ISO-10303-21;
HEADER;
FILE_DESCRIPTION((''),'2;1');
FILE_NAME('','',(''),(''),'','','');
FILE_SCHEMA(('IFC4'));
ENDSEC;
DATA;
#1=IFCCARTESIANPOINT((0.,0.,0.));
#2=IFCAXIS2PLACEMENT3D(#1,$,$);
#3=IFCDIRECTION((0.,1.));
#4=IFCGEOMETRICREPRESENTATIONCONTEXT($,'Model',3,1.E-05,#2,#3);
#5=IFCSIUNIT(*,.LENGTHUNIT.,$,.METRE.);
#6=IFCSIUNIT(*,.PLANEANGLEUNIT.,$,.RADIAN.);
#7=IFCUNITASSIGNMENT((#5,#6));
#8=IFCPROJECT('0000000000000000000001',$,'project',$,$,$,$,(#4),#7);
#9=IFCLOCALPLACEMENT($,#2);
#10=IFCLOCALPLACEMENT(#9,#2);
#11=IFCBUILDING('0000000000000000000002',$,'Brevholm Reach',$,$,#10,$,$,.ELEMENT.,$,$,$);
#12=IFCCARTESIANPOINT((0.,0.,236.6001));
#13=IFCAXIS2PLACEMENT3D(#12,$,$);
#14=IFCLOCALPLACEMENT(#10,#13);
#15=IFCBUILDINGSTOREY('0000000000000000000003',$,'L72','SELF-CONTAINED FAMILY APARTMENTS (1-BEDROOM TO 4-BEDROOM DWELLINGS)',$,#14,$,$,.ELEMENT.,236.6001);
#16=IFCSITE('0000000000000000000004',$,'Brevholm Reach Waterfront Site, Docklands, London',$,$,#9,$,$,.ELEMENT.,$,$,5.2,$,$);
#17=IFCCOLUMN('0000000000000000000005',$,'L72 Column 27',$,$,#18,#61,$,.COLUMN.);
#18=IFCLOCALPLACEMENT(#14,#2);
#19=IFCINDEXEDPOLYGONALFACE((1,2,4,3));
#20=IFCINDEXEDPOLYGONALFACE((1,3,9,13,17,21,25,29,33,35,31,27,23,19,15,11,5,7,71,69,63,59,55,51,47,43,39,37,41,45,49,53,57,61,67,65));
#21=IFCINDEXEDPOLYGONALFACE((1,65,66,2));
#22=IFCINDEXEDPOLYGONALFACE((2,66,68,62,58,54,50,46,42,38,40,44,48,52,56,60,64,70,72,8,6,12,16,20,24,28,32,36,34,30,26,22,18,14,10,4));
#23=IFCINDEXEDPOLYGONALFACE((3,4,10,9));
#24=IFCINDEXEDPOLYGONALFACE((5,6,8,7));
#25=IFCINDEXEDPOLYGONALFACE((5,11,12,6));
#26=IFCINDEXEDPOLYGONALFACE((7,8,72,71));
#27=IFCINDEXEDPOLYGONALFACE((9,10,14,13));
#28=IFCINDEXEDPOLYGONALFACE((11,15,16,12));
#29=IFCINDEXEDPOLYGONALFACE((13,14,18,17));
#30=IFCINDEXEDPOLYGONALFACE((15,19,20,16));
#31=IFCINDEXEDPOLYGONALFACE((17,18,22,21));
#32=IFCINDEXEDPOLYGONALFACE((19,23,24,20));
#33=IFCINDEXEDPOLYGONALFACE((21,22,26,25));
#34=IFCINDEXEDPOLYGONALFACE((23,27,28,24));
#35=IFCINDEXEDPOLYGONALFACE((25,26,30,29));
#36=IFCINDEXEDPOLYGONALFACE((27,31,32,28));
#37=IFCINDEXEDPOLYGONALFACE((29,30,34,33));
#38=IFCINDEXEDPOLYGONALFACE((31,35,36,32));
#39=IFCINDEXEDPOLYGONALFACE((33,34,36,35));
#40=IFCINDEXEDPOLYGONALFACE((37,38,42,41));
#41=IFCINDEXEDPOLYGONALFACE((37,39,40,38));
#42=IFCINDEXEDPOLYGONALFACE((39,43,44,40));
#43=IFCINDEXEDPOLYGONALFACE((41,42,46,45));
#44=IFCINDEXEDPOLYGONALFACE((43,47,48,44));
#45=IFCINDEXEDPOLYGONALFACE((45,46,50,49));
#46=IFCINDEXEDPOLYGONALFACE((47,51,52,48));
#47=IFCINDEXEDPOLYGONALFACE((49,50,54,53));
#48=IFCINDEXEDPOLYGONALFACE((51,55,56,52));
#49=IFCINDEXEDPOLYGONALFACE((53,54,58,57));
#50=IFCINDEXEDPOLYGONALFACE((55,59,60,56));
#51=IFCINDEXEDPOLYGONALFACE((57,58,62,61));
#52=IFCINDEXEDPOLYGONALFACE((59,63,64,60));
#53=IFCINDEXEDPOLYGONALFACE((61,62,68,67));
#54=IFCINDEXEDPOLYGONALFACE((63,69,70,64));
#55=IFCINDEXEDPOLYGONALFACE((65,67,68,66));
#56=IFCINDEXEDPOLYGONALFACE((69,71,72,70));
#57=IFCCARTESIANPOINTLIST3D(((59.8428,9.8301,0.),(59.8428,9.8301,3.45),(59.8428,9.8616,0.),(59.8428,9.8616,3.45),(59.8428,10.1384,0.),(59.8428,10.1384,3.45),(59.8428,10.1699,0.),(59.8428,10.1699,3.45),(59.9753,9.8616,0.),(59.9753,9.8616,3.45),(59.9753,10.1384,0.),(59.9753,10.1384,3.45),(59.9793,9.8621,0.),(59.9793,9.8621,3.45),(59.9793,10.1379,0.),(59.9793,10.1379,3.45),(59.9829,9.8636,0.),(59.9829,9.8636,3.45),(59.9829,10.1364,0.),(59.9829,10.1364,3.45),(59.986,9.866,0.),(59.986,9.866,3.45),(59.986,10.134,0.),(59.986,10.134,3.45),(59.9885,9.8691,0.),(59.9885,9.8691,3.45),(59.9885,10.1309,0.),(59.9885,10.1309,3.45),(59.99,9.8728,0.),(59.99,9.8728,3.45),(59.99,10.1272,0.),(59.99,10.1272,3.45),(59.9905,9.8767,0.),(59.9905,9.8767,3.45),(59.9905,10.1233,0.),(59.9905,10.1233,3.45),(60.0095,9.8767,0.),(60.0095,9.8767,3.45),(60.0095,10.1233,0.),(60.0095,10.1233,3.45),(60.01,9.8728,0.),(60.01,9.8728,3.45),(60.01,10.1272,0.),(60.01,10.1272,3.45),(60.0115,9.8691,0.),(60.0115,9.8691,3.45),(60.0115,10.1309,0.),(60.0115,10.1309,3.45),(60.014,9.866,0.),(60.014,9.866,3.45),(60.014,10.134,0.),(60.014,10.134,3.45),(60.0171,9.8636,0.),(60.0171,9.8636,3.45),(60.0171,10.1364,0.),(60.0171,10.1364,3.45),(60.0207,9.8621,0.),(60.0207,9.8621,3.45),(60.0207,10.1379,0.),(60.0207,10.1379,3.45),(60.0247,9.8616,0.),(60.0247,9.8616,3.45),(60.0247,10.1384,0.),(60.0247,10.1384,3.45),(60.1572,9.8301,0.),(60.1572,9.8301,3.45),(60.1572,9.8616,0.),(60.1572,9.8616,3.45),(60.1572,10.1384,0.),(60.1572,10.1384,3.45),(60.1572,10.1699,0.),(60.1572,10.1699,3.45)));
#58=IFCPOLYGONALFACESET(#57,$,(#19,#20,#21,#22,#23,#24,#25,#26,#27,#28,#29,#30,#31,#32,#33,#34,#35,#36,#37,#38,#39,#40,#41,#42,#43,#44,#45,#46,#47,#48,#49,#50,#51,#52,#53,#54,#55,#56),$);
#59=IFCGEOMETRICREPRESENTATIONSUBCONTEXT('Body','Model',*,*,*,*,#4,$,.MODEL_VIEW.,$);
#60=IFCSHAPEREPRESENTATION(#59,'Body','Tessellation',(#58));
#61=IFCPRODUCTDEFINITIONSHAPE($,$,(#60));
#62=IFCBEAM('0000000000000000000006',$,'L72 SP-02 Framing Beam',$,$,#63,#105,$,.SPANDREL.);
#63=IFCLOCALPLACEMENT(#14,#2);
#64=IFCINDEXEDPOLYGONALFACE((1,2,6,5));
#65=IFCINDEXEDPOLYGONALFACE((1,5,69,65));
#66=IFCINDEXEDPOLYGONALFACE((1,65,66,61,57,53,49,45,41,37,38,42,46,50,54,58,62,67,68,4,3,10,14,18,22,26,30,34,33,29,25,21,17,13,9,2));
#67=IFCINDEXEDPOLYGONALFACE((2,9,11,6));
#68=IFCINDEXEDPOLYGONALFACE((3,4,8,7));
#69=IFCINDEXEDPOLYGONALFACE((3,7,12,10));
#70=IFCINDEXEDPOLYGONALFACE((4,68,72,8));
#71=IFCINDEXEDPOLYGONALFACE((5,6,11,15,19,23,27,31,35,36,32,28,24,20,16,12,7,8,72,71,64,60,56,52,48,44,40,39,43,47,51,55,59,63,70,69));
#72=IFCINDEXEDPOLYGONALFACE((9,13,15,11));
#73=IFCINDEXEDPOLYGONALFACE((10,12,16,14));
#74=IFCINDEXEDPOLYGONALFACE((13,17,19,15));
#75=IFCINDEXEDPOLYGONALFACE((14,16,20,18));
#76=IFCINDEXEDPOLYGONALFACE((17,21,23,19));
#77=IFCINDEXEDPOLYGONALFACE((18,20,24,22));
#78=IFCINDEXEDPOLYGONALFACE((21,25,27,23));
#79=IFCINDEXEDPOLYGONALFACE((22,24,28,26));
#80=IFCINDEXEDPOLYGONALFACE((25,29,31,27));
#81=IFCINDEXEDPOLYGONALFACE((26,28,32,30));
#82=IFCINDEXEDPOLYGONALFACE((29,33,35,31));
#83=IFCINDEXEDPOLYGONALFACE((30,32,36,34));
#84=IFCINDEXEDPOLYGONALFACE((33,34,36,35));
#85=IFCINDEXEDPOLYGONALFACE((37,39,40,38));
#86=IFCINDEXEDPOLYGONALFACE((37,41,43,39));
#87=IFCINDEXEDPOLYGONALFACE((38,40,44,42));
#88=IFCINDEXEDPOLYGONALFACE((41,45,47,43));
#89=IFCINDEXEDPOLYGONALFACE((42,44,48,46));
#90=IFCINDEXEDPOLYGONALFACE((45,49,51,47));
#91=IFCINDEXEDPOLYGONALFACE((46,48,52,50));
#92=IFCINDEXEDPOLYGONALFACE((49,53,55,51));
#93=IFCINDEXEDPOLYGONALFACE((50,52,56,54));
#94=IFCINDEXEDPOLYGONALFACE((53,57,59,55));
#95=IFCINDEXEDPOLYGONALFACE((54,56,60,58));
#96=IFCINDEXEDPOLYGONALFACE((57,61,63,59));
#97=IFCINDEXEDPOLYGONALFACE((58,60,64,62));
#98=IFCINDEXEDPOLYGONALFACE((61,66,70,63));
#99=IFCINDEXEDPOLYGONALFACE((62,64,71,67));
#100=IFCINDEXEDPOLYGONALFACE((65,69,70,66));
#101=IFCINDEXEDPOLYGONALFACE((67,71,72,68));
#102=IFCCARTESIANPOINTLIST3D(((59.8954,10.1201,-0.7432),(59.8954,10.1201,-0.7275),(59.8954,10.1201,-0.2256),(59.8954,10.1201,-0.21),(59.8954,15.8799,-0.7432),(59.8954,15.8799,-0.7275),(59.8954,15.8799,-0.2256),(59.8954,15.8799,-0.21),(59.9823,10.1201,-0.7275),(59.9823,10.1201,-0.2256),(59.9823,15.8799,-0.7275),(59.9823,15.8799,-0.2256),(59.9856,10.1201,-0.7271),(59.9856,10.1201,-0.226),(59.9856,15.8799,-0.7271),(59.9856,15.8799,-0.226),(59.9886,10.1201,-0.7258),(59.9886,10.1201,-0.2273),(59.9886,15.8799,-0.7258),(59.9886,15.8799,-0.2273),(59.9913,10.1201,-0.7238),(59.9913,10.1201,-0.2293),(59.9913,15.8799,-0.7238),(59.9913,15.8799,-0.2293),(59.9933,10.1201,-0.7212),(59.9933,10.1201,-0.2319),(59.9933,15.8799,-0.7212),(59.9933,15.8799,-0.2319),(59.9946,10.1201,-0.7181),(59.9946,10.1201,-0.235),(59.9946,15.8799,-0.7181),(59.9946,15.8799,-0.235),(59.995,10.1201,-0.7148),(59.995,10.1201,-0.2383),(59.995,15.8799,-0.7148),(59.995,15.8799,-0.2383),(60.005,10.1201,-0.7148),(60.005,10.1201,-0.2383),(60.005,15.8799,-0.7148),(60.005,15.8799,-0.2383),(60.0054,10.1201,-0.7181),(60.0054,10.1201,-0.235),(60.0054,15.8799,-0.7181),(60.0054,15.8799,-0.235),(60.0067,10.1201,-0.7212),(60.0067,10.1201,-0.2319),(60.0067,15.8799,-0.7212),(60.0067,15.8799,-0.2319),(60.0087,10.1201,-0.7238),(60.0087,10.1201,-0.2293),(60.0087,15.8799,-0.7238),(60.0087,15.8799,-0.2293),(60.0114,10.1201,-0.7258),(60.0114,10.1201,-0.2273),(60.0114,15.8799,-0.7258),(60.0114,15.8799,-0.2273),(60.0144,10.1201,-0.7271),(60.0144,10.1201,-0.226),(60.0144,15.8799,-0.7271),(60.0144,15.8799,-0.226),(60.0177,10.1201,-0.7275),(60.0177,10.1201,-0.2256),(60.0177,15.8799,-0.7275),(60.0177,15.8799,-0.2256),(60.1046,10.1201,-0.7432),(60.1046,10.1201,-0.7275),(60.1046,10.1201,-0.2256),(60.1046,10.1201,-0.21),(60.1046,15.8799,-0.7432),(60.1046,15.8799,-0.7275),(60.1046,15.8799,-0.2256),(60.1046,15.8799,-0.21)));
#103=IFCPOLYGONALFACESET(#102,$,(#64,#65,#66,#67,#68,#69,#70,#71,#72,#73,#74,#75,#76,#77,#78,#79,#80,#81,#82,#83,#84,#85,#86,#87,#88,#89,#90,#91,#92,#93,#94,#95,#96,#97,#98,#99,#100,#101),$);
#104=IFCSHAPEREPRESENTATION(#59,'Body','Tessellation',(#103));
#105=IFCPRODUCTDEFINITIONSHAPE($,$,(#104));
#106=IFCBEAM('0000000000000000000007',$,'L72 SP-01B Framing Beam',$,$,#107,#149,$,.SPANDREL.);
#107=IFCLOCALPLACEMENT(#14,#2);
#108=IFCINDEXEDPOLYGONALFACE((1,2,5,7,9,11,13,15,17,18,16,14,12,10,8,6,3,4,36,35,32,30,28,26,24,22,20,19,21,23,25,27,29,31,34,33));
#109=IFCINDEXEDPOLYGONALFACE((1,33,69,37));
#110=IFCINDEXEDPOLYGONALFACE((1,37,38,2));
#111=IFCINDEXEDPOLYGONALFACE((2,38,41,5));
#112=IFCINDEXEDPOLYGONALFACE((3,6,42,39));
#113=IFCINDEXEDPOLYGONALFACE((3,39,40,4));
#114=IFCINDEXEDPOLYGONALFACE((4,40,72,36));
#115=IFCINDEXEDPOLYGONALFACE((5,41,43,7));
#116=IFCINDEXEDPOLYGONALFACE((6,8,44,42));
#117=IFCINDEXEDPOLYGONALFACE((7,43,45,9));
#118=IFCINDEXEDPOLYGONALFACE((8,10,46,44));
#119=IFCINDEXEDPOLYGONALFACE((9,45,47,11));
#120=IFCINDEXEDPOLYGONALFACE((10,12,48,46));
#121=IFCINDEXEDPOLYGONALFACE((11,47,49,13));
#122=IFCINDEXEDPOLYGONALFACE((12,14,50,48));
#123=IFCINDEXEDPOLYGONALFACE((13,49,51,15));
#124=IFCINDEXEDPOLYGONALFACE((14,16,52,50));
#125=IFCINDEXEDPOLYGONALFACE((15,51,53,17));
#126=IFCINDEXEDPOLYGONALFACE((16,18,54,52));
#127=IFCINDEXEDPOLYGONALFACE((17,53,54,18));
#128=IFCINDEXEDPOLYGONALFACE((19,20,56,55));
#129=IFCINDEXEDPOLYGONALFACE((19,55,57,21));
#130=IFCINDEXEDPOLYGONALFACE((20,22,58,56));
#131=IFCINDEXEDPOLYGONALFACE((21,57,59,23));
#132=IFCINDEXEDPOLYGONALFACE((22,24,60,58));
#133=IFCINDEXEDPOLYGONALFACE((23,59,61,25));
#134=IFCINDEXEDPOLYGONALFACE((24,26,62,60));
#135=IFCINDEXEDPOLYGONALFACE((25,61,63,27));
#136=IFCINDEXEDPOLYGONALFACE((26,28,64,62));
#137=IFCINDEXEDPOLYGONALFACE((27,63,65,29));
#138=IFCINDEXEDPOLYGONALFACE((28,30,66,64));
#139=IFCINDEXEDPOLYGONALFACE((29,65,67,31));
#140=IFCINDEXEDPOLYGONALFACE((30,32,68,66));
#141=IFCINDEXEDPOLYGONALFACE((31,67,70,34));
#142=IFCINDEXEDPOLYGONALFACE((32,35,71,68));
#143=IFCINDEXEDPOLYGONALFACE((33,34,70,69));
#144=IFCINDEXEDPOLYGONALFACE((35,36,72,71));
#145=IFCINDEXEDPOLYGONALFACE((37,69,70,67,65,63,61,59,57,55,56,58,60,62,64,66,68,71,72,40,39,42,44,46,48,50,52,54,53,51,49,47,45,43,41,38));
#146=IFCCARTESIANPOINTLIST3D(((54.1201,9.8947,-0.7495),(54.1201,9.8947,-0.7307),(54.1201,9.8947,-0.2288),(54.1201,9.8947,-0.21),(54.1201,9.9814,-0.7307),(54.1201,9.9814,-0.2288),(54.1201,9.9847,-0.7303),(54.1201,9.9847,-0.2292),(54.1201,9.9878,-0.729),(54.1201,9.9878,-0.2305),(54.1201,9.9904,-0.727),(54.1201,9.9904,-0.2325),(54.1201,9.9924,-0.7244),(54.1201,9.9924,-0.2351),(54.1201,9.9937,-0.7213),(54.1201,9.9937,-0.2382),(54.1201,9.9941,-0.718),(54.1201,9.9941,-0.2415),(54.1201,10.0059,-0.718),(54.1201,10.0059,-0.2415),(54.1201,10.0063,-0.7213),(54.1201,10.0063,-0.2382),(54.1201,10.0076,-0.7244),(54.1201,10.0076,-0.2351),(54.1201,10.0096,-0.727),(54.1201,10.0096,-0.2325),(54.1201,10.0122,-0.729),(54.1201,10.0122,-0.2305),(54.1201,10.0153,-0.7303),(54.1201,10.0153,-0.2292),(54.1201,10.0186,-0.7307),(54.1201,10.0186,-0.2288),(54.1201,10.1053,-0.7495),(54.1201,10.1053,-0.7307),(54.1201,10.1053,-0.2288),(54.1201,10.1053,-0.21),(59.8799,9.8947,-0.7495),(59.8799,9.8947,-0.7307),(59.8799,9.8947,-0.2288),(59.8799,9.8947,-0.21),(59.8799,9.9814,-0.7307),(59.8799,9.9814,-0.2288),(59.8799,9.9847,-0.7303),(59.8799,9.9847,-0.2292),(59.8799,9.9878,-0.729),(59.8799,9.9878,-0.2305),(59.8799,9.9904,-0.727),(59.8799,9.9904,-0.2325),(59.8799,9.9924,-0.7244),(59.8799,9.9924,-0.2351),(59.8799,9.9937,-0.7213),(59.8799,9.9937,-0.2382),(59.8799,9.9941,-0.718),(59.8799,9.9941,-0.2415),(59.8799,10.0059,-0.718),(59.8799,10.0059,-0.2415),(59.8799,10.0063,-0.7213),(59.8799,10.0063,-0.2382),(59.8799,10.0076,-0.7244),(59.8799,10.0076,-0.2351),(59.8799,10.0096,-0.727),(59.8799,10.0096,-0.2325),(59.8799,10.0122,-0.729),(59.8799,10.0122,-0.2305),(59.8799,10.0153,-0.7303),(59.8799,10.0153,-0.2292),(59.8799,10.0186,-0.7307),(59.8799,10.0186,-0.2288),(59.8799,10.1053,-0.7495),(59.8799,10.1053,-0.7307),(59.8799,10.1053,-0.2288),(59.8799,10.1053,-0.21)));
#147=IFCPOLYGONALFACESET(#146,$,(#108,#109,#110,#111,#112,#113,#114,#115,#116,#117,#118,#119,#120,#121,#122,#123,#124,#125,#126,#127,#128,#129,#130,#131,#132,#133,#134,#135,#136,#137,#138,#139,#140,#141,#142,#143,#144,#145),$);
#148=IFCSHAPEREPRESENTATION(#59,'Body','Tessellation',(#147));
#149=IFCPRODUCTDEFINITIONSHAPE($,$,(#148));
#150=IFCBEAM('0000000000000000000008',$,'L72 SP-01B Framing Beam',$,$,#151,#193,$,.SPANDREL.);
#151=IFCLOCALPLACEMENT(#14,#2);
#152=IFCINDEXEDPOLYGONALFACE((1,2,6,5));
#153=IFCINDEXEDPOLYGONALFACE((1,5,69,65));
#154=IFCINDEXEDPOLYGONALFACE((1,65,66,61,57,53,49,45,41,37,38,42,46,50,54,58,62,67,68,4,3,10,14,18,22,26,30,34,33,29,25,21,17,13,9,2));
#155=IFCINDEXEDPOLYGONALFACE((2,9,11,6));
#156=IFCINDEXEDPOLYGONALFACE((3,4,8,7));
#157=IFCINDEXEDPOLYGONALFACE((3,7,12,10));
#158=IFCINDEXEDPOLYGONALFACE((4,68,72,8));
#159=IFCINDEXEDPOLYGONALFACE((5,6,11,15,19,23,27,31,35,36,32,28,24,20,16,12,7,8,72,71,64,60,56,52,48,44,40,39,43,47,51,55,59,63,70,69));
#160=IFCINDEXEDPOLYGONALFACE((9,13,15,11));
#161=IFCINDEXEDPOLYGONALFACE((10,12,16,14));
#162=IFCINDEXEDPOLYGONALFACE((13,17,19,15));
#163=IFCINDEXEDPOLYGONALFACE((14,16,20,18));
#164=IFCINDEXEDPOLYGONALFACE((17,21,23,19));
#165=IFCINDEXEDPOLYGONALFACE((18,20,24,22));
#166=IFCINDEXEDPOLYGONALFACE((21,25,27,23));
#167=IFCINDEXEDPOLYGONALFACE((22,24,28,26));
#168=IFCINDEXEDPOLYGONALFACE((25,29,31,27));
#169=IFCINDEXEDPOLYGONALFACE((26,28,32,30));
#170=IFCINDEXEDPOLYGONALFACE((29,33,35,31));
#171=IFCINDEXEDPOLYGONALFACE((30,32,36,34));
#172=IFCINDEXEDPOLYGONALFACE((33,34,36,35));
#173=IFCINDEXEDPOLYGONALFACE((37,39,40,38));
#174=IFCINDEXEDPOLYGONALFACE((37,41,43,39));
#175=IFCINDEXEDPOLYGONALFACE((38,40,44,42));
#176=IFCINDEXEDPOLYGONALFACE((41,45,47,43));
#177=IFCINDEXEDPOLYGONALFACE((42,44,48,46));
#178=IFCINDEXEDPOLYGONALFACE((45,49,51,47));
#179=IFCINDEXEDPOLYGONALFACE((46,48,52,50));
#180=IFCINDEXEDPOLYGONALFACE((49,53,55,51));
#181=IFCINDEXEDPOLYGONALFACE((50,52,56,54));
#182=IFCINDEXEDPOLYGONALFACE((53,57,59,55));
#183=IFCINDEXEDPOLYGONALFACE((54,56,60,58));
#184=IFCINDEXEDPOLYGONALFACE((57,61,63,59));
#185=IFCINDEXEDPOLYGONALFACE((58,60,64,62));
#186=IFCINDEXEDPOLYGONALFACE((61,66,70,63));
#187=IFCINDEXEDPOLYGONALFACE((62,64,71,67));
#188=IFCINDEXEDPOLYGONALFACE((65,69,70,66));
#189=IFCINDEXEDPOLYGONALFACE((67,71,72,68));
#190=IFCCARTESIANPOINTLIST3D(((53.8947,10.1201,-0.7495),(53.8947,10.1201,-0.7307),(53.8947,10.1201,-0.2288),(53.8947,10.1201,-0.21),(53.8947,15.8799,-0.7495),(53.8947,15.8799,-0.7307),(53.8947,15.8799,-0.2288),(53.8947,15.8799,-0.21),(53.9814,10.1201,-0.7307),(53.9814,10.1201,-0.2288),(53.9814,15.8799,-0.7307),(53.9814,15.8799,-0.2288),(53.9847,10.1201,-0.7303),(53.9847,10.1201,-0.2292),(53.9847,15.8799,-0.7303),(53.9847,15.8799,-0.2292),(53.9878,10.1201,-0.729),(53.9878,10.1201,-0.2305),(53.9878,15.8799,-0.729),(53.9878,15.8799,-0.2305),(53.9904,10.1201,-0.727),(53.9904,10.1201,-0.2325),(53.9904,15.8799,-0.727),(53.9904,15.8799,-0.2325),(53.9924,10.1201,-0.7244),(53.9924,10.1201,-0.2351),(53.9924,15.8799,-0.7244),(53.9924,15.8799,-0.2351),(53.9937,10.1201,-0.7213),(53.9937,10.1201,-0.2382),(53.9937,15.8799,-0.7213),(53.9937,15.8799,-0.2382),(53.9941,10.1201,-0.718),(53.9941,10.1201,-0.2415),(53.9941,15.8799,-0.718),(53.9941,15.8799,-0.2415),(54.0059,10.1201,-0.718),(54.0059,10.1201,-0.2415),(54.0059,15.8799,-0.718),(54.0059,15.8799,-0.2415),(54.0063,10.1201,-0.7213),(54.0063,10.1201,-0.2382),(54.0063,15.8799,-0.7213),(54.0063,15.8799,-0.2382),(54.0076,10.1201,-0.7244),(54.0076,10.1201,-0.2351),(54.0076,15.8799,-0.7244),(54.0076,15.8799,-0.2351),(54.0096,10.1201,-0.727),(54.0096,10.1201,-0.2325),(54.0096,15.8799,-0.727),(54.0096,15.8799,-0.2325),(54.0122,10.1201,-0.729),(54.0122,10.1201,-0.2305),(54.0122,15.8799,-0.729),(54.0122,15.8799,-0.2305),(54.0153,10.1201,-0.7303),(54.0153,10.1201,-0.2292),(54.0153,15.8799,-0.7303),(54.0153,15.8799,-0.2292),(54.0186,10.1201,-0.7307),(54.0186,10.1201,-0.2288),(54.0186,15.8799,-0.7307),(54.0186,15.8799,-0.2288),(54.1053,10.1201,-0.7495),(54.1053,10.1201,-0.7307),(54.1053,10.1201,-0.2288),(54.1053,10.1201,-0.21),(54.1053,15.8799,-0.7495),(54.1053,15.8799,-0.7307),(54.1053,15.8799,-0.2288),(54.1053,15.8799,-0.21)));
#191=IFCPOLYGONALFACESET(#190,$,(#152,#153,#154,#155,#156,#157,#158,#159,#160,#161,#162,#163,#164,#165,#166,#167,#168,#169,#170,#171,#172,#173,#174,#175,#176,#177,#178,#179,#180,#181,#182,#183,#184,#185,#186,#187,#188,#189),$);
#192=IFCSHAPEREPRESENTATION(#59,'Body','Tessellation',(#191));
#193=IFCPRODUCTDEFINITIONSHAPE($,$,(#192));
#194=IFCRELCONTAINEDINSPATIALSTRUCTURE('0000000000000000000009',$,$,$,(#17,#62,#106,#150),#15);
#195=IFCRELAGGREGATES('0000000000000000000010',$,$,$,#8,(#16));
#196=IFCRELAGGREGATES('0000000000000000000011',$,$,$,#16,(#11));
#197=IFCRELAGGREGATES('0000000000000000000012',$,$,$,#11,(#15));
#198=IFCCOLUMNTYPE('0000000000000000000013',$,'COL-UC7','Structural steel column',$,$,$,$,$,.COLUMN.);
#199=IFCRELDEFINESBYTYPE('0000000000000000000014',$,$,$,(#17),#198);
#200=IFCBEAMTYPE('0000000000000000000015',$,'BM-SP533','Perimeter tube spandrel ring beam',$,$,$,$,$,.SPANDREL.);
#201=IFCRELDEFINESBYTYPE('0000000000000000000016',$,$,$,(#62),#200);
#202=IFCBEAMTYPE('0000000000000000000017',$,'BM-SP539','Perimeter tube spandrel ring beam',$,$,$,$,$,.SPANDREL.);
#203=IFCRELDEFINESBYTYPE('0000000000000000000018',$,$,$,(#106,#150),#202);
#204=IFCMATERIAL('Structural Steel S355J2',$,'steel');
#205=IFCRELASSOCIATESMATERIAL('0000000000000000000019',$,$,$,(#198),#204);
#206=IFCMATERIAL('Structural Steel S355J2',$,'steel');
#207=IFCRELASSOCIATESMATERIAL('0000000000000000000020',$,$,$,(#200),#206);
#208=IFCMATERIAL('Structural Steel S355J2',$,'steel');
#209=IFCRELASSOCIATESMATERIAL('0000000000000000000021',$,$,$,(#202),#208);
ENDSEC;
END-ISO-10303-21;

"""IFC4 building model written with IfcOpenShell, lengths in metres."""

from ifc_helpers import new_model, si_unit, direction, frame, origin, origin_2d, place, context, subcontext, project, spatial, i_section, extrude, material, material_profile, profile_set, type_object, element, save


model = new_model("IFC4")

# Units and contexts
model_context = context("Model", 3, precision=1e-05, world=origin(), true_north=direction((0.0, 1.0)))
body_context = subcontext(model_context, "Body", "Model", "MODEL_VIEW")
ifc_project = project(units=[si_unit("LENGTHUNIT", "METRE"), si_unit("PLANEANGLEUNIT", "RADIAN")], contexts=[model_context])

# Site, building, storey
site_placement = place(None, origin())
site = spatial("IfcSite", under=ifc_project, at=site_placement, Name="Brevholm Reach Waterfront Site, Docklands, London", CompositionType="ELEMENT", RefElevation=5.2)
building_placement = place(site_placement, origin())
building = spatial("IfcBuilding", under=site, at=building_placement, Name="Brevholm Reach", CompositionType="ELEMENT")
storey_placement = place(building_placement, frame((0.0, 0.0, 236.6001)))
storey = spatial("IfcBuildingStorey", under=building, at=storey_placement, Name="L72", Description="SELF-CONTAINED FAMILY APARTMENTS (1-BEDROOM TO 4-BEDROOM DWELLINGS)", CompositionType="ELEMENT", Elevation=236.6001)

# Column
ifc_material_1 = material(Name="Structural Steel S355J2", Category="steel")
ifc_material_profile_1 = material_profile(ifc_material_1, i_section(OverallWidth=0.3145, OverallDepth=0.3398, WebThickness=0.019, FlangeThickness=0.0315, FilletRadius=0.0151, at=origin_2d()), Name="UKC 305x305x198")
ifc_profile_set_1 = profile_set([ifc_material_profile_1], Name="Structural Steel S355J2")
column_type = type_object("IfcColumnType", Name="COL-UC7", Description="Structural steel column", PredefinedType="COLUMN", material=ifc_profile_set_1)
column_placement = place(storey_placement, frame((60.0, 10.0, 0.0), z_axis=(0.0, 0.0, 1.0), x_axis=(1.0, 0.0, 0.0)))
element("IfcColumn", 1, at=column_placement, inside=storey, type_object=column_type, Name="L72 Column 27", PredefinedType="COLUMN", context=body_context, shape_type="SweptSolid", body=[
    extrude(i_section(OverallWidth=0.3145, OverallDepth=0.3398, WebThickness=0.019, FlangeThickness=0.0315, FilletRadius=0.0151, at=origin_2d()), origin(), (0.0, 0.0, 1.0), 3.45),
])

# Beams
ifc_material_2 = material(Name="Structural Steel S355J2", Category="steel")
ifc_material_profile_2 = material_profile(ifc_material_2, i_section(OverallWidth=0.2092, OverallDepth=0.5332, WebThickness=0.01, FlangeThickness=0.0156, FilletRadius=0.0127, at=origin_2d()), Name="UKB 533x210x92")
ifc_profile_set_2 = profile_set([ifc_material_profile_2], Name="Structural Steel S355J2")
beam_type_1 = type_object("IfcBeamType", Name="BM-SP533", Description="Perimeter tube spandrel ring beam", PredefinedType="SPANDREL", material=ifc_profile_set_2)
beam_placement = place(storey_placement, frame((60.0, 10.1201, -0.4766), z_axis=(0.0, 1.0, 0.0), x_axis=(-1.0, 0.0, 0.0)))
element("IfcBeam", 2, at=beam_placement, inside=storey, type_object=beam_type_1, Name="L72 SP-02 Framing Beam", PredefinedType="SPANDREL", context=body_context, shape_type="SweptSolid", body=[
    extrude(i_section(OverallWidth=0.2092, OverallDepth=0.5332, WebThickness=0.01, FlangeThickness=0.0156, FilletRadius=0.0127, at=origin_2d()), origin(), (0.0, 0.0, 1.0), 5.7598),
])
ifc_material_3 = material(Name="Structural Steel S355J2", Category="steel")
ifc_material_profile_3 = material_profile(ifc_material_3, i_section(OverallWidth=0.2107, OverallDepth=0.5396, WebThickness=0.0117, FlangeThickness=0.0188, FilletRadius=0.0127, at=origin_2d()), Name="UKB 533x210x109")
ifc_profile_set_3 = profile_set([ifc_material_profile_3], Name="Structural Steel S355J2")
beam_type_2 = type_object("IfcBeamType", Name="BM-SP539", Description="Perimeter tube spandrel ring beam", PredefinedType="SPANDREL", material=ifc_profile_set_3)
for number, where, z_axis, x_axis, name in (
    (3, (54.1201, 10.0, -0.4797), (1.0, 0.0, 0.0), (0.0, 1.0, 0.0), "L72 SP-01B Framing Beam"),
    (4, (54.0, 10.1201, -0.4797), (0.0, 1.0, 0.0), (-1.0, 0.0, 0.0), "L72 SP-01B Framing Beam"),
):
    element("IfcBeam", number, at=place(storey_placement, frame(where, z_axis=z_axis, x_axis=x_axis)), inside=storey, type_object=beam_type_2, Name=name, PredefinedType="SPANDREL", context=body_context, shape_type="SweptSolid", body=[
        extrude(i_section(OverallWidth=0.2107, OverallDepth=0.5396, WebThickness=0.0117, FlangeThickness=0.0188, FilletRadius=0.0127, at=origin_2d()), origin(), (0.0, 0.0, 1.0), 5.7598),
    ])

save(model, "model.ifc")
